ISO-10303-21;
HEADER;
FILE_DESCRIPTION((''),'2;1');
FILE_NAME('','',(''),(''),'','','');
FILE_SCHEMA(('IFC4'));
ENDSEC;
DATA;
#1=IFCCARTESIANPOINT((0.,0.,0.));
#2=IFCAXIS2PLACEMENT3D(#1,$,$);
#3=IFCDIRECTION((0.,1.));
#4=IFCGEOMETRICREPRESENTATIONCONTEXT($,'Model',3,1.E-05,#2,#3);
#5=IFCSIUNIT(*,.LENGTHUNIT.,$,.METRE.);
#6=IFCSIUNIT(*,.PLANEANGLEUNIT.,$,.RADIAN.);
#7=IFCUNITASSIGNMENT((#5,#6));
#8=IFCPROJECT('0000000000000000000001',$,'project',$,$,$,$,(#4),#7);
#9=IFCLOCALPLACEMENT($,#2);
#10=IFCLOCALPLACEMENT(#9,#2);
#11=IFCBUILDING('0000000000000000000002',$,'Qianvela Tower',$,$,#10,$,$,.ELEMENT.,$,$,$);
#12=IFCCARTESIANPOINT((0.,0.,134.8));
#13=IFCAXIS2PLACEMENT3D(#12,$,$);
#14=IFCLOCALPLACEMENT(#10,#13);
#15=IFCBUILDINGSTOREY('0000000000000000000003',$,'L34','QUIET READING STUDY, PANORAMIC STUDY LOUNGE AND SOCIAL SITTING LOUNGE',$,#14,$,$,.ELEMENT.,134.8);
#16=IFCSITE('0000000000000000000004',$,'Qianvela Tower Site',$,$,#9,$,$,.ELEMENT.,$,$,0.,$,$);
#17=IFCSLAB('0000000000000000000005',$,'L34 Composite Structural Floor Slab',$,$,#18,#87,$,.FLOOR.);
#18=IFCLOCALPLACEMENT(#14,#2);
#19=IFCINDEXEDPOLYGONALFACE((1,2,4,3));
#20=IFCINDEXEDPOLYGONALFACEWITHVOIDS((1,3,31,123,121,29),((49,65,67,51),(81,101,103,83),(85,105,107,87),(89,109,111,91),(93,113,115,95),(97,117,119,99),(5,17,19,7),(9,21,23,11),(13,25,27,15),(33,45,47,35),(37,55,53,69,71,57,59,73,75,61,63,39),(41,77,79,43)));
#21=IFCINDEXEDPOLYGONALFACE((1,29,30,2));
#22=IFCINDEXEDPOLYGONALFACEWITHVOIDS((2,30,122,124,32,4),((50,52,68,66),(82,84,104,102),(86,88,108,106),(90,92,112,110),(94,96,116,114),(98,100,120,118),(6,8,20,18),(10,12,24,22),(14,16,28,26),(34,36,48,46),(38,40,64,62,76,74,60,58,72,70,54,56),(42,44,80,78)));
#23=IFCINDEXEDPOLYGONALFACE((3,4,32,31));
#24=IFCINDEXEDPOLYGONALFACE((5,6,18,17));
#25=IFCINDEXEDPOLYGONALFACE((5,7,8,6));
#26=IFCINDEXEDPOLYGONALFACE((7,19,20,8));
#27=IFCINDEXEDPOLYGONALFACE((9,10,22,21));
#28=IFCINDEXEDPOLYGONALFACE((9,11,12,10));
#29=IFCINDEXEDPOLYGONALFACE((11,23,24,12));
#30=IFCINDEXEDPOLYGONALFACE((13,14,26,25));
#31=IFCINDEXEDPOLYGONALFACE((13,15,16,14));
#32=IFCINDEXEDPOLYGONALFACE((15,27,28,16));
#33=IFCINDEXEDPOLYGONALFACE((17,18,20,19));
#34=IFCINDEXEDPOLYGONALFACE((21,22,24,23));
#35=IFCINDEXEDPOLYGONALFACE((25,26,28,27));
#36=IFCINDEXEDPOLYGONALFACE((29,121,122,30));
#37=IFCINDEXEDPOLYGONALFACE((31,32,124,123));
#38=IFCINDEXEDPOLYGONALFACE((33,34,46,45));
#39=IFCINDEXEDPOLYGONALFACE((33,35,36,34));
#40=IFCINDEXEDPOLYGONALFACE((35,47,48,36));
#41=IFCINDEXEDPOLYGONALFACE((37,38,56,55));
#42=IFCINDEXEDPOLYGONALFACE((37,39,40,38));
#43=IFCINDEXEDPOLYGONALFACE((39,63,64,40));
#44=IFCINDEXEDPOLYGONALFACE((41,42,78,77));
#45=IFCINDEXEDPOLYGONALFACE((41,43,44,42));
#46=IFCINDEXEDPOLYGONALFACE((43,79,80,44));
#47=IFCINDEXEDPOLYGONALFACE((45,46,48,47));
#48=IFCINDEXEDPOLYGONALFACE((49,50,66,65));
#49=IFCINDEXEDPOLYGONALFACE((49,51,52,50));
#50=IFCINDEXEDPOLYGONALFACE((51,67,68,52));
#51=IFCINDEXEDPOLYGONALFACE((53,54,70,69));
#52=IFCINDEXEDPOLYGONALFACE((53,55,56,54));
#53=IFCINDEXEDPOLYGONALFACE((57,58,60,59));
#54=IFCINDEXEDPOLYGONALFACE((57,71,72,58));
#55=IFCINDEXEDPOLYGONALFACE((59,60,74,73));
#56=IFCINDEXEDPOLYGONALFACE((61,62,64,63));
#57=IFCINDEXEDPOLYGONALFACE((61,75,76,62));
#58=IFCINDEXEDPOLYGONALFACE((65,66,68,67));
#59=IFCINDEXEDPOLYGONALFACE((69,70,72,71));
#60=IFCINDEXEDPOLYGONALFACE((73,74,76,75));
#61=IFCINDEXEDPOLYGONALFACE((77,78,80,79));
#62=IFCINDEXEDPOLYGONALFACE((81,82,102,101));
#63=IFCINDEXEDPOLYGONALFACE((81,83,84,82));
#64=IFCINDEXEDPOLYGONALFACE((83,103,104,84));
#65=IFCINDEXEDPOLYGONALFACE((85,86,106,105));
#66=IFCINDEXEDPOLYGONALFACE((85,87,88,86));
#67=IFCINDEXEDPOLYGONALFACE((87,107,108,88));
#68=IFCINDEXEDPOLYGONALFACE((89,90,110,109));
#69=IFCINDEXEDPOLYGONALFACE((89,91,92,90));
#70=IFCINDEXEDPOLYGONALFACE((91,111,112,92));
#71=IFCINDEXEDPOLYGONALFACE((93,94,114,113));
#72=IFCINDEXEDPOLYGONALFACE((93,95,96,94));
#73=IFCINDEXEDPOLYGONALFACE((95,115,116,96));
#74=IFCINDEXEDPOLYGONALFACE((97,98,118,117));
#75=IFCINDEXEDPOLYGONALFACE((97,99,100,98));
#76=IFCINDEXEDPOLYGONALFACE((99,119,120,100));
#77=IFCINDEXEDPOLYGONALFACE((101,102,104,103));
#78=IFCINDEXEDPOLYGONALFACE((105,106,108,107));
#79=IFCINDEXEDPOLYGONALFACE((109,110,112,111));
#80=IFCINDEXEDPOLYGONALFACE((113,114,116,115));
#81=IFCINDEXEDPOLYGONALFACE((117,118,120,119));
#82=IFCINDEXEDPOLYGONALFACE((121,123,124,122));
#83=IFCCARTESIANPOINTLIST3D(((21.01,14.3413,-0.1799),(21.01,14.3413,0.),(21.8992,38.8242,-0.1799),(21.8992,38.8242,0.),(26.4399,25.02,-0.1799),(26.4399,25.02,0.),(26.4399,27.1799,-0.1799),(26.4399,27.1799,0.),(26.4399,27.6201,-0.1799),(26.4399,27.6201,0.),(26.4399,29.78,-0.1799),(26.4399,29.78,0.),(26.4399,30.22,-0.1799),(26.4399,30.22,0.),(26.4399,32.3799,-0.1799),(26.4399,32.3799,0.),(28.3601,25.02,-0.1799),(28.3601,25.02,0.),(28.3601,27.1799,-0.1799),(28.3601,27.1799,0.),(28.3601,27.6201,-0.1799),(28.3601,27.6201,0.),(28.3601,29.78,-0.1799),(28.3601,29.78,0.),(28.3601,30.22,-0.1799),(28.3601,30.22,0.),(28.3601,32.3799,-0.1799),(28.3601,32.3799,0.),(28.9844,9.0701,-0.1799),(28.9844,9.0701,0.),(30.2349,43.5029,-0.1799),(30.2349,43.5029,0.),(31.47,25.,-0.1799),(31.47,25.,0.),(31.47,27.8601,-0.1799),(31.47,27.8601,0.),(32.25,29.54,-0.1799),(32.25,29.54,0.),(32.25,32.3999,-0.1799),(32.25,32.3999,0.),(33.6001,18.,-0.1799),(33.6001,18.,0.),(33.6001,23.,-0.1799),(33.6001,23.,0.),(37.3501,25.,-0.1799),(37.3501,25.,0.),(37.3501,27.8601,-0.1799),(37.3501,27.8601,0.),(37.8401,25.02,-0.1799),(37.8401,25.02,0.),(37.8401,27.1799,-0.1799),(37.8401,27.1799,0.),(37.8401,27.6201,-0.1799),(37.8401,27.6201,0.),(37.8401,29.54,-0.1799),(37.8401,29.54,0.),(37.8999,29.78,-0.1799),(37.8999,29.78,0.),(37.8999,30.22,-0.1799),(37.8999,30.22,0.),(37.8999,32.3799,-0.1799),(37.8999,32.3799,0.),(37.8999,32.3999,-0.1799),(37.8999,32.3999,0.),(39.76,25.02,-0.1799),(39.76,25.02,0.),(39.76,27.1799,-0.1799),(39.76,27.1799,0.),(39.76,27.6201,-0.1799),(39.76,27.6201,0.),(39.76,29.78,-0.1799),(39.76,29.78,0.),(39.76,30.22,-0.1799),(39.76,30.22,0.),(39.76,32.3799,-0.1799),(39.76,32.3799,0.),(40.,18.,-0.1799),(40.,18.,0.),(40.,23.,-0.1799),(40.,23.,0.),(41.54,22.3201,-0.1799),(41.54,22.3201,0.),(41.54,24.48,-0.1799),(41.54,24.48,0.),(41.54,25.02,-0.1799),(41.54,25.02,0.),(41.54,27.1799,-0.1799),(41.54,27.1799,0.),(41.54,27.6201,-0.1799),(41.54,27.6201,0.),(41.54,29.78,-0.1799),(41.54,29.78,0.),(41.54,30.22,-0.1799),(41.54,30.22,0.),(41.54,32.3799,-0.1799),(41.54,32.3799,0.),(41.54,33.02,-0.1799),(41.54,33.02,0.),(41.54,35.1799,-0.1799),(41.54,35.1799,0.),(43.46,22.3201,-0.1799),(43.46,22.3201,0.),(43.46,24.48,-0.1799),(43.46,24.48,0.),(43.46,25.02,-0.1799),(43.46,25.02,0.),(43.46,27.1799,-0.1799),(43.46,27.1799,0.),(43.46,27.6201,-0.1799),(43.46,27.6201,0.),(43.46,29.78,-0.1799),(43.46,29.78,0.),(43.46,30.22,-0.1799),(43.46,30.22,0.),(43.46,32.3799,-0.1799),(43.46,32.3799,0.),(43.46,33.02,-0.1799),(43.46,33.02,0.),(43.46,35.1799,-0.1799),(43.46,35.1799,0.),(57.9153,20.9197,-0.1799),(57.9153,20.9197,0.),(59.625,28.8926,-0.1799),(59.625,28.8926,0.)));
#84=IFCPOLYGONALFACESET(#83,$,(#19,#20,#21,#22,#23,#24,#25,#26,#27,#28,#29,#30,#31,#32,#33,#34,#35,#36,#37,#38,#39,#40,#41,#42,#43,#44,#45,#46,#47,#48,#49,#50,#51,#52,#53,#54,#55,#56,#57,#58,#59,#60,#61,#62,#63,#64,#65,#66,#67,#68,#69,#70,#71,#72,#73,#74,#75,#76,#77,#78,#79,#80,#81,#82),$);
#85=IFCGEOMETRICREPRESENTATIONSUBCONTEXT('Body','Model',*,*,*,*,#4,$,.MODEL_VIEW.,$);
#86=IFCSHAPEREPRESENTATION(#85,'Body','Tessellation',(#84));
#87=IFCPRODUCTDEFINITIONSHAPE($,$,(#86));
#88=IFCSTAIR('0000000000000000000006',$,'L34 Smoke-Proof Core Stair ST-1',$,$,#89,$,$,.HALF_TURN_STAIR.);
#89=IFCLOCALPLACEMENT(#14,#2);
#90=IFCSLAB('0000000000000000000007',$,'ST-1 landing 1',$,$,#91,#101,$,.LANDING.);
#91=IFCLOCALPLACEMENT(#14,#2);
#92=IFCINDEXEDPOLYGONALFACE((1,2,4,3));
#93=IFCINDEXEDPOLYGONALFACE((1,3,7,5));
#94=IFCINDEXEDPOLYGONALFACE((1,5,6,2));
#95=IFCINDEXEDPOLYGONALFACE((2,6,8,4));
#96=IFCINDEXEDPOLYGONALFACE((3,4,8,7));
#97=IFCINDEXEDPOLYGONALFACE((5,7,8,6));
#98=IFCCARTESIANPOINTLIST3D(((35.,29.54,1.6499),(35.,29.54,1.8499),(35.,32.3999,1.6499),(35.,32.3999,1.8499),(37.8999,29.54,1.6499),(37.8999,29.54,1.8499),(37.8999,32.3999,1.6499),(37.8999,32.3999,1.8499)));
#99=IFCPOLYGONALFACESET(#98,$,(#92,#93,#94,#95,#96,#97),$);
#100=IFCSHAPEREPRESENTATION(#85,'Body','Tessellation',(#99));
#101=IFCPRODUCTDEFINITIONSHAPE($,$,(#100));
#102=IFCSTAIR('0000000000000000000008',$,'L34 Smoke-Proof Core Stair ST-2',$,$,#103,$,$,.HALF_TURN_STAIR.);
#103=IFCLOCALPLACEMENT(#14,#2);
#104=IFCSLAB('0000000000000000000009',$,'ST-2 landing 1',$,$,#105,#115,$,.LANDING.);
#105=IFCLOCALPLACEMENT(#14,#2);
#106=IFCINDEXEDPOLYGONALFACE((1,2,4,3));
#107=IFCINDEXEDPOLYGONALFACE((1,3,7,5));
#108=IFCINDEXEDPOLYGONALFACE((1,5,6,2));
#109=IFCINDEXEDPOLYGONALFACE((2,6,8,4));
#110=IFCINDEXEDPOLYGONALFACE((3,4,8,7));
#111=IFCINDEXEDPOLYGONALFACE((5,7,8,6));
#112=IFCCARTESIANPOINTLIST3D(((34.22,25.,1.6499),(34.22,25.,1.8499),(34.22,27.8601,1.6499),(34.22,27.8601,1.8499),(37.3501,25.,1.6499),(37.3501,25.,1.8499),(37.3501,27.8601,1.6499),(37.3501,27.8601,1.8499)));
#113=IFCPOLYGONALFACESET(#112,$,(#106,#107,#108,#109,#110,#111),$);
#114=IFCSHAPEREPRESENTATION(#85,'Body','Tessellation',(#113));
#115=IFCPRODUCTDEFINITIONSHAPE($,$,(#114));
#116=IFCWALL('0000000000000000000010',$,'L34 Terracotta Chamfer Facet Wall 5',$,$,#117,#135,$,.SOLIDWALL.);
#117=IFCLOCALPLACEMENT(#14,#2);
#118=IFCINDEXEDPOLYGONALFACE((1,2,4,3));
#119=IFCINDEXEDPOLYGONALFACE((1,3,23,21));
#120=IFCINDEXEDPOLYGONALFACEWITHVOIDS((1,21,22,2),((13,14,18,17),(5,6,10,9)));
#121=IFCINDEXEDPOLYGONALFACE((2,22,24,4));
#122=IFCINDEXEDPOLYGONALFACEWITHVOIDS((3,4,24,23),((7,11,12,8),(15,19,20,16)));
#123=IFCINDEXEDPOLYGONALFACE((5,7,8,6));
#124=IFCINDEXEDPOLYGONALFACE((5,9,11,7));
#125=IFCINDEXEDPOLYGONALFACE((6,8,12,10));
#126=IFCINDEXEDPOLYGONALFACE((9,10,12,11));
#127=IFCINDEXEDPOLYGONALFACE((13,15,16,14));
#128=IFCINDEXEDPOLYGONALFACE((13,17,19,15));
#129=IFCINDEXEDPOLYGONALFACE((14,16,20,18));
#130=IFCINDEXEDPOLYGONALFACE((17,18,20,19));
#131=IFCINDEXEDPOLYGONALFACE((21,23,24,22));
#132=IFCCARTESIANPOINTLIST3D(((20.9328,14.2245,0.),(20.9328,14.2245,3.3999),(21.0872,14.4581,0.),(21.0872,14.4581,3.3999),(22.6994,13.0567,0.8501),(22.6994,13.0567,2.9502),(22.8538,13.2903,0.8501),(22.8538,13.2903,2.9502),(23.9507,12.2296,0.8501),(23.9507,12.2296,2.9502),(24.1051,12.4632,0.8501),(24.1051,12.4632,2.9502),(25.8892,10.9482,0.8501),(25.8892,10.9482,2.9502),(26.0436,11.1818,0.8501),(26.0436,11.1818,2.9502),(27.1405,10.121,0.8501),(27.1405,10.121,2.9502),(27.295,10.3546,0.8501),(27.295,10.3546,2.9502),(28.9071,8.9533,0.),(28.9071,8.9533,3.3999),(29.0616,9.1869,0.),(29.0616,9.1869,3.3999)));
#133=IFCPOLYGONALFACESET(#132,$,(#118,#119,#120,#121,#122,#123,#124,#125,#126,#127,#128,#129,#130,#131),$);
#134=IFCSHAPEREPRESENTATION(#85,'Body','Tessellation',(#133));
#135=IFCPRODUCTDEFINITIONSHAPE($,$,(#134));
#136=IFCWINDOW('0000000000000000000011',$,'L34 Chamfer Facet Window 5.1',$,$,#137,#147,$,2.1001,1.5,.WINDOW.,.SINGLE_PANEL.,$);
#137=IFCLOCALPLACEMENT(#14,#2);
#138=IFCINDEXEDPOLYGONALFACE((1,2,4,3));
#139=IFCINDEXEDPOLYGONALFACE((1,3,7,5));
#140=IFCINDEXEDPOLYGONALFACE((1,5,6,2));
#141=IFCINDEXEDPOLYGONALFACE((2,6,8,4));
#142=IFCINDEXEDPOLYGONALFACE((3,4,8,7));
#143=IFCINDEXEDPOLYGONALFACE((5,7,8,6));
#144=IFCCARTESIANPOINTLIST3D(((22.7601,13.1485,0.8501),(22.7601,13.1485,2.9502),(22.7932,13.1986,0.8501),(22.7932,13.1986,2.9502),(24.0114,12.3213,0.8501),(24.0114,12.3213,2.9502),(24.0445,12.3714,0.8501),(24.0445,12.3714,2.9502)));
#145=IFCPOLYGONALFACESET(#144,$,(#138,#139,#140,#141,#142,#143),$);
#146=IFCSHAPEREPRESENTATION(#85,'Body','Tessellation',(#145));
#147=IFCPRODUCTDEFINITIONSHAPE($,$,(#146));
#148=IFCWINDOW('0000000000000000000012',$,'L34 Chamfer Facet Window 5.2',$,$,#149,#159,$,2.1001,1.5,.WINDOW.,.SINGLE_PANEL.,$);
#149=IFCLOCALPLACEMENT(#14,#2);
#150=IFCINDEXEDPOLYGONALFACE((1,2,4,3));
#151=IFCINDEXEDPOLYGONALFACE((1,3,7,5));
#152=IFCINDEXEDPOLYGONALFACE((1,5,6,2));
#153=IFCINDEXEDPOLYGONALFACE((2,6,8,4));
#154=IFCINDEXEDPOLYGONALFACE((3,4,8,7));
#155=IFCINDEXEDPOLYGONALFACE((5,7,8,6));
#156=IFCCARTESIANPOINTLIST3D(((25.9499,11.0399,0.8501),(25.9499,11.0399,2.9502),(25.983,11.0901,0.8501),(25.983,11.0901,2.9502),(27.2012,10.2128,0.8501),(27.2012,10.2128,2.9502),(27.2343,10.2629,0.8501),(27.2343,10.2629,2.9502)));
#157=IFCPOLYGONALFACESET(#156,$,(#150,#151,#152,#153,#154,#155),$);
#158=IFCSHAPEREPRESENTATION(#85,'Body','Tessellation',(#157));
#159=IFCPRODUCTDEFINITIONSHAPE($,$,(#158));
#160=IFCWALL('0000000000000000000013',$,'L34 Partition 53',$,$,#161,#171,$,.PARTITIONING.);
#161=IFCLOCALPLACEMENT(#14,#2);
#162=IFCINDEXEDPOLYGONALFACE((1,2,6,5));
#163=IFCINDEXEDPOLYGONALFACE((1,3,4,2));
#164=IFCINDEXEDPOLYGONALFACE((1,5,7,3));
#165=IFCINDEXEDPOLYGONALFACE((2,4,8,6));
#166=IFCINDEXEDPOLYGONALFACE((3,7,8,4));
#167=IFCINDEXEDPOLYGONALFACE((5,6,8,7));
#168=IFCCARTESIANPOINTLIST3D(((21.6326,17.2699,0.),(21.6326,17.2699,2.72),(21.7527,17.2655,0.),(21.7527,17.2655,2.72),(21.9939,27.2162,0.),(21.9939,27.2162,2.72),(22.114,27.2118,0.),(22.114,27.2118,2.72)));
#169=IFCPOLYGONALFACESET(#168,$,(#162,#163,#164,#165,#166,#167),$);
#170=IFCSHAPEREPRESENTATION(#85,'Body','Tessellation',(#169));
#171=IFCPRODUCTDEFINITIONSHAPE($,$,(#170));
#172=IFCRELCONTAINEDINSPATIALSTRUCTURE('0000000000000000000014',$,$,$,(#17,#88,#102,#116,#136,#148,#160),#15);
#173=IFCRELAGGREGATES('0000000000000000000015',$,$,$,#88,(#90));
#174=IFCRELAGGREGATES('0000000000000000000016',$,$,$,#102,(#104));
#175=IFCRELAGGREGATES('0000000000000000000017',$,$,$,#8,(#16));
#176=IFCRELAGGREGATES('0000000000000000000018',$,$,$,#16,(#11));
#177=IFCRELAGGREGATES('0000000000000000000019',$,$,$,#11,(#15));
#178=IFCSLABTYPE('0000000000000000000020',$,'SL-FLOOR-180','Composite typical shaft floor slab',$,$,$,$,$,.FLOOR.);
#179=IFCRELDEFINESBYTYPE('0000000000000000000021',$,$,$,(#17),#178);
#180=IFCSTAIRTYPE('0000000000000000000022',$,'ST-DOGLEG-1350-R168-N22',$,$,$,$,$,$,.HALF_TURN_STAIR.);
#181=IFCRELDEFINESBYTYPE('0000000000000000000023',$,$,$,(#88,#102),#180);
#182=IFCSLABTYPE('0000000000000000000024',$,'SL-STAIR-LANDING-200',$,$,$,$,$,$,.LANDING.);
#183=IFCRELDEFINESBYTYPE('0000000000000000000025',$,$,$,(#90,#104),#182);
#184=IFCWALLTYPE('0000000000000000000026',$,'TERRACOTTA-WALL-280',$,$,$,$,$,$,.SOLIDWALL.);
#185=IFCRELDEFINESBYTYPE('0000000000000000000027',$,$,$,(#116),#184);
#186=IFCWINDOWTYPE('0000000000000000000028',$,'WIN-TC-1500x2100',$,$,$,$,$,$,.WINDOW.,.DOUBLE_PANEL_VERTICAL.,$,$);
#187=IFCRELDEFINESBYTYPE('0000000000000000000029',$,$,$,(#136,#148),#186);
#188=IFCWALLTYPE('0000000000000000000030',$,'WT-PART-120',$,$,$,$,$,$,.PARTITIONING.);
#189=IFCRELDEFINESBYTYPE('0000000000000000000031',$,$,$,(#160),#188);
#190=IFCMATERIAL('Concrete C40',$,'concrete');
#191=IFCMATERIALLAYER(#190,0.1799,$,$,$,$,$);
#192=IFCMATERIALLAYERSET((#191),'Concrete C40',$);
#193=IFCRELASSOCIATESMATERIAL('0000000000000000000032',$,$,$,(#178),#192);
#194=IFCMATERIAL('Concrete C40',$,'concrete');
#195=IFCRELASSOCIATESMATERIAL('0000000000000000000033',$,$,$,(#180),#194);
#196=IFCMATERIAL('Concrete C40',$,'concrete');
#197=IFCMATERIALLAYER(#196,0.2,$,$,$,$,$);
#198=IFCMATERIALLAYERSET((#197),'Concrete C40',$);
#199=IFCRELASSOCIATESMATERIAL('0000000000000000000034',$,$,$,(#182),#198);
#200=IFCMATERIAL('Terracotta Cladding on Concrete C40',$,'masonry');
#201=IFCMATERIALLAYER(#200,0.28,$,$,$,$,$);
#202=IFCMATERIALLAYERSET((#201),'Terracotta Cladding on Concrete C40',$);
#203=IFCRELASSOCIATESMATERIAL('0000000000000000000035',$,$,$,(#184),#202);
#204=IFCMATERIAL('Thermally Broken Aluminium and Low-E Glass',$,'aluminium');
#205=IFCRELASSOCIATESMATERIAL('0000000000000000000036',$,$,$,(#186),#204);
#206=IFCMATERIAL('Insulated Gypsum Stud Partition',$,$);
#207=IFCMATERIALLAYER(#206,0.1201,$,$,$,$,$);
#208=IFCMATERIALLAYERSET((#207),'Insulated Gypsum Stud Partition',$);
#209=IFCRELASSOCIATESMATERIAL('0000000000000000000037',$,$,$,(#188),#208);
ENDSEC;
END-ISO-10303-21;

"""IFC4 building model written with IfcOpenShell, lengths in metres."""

from ifc_helpers import new_model, si_unit, direction, frame, frame_2d, origin, place, context, subcontext, project, spatial, polyline, rectangle, outline, extrude, material, layer, layer_set, type_object, element, fill, aggregate, save


model = new_model("IFC4")

# Units and contexts
model_context = context("Model", 3, precision=1e-05, world=origin(), true_north=direction((0.0, 1.0)))
body_context = subcontext(model_context, "Body", "Model", "MODEL_VIEW")
ifc_project = project(units=[si_unit("LENGTHUNIT", "METRE"), si_unit("PLANEANGLEUNIT", "RADIAN")], contexts=[model_context])

# Site, building, storey
site_placement = place(None, origin())
site = spatial("IfcSite", under=ifc_project, at=site_placement, Name="Qianvela Tower Site", CompositionType="ELEMENT", RefElevation=0.0)
building_placement = place(site_placement, origin())
building = spatial("IfcBuilding", under=site, at=building_placement, Name="Qianvela Tower", CompositionType="ELEMENT")
storey_placement = place(building_placement, frame((0.0, 0.0, 134.8)))
storey = spatial("IfcBuildingStorey", under=building, at=storey_placement, Name="L34", Description="QUIET READING STUDY, PANORAMIC STUDY LOUNGE AND SOCIAL SITTING LOUNGE", CompositionType="ELEMENT", Elevation=134.8)

# Slab
ifc_material_1 = material(Name="Concrete C40", Category="concrete")
ifc_layer_1 = layer(ifc_material_1, 0.1799)
ifc_layer_set_1 = layer_set([ifc_layer_1], Name="Concrete C40")
slab_type_1 = type_object("IfcSlabType", Name="SL-FLOOR-180", Description="Composite typical shaft floor slab", PredefinedType="FLOOR", material=ifc_layer_set_1)
slab_1_placement = place(storey_placement, frame((0.0, 0.0, -0.1799)))
element("IfcSlab", 1, at=slab_1_placement, inside=storey, type_object=slab_type_1, Name="L34 Composite Structural Floor Slab", PredefinedType="FLOOR", context=body_context, shape_type="SweptSolid", body=[
    extrude(outline(polyline([(57.9153, 20.9197), (59.625, 28.8926), (30.2349, 43.5029), (21.8992, 38.8242), (21.01, 14.3413), (28.9844, 9.0701), (57.9153, 20.9197)]), holes=[polyline([(40.0, 23.0), (33.6001, 23.0), (33.6001, 18.0), (40.0, 18.0), (40.0, 23.0)]), polyline([(28.3601, 25.02), (28.3601, 27.1799), (26.4399, 27.1799), (26.4399, 25.02), (28.3601, 25.02)]), polyline([(37.3501, 25.0), (37.3501, 27.8601), (31.47, 27.8601), (31.47, 25.0), (37.3501, 25.0)]), polyline([(28.3601, 27.6201), (28.3601, 29.78), (26.4399, 29.78), (26.4399, 27.6201), (28.3601, 27.6201)]), polyline([(37.8999, 32.3799), (37.8999, 32.3999), (32.25, 32.3999), (32.25, 29.54), (37.8401, 29.54), (37.8401, 27.6201), (39.76, 27.6201), (39.76, 29.78), (37.8999, 29.78), (37.8999, 30.22), (39.76, 30.22), (39.76, 32.3799), (37.8999, 32.3799)]), polyline([(28.3601, 30.22), (28.3601, 32.3799), (26.4399, 32.3799), (26.4399, 30.22), (28.3601, 30.22)]), polyline([(43.46, 24.48), (41.54, 24.48), (41.54, 22.3201), (43.46, 22.3201), (43.46, 24.48)]), polyline([(39.76, 25.02), (39.76, 27.1799), (37.8401, 27.1799), (37.8401, 25.02), (39.76, 25.02)]), polyline([(43.46, 25.02), (43.46, 27.1799), (41.54, 27.1799), (41.54, 25.02), (43.46, 25.02)]), polyline([(43.46, 27.6201), (43.46, 29.78), (41.54, 29.78), (41.54, 27.6201), (43.46, 27.6201)]), polyline([(43.46, 30.22), (43.46, 32.3799), (41.54, 32.3799), (41.54, 30.22), (43.46, 30.22)]), polyline([(43.46, 33.02), (43.46, 35.1799), (41.54, 35.1799), (41.54, 33.02), (43.46, 33.02)])]), origin(), (0.0, 0.0, 1.0), 0.1799),
])

# Stairs, slabs
ifc_material_2 = material(Name="Concrete C40", Category="concrete")
stair_type = type_object("IfcStairType", Name="ST-DOGLEG-1350-R168-N22", PredefinedType="HALF_TURN_STAIR", material=ifc_material_2)
stair_1_placement = place(storey_placement, origin())
stair_1 = element("IfcStair", 2, at=stair_1_placement, inside=storey, type_object=stair_type, Name="L34 Smoke-Proof Core Stair ST-1", PredefinedType="HALF_TURN_STAIR")
ifc_material_3 = material(Name="Concrete C40", Category="concrete")
ifc_layer_2 = layer(ifc_material_3, 0.2)
ifc_layer_set_2 = layer_set([ifc_layer_2], Name="Concrete C40")
slab_type_2 = type_object("IfcSlabType", Name="SL-STAIR-LANDING-200", PredefinedType="LANDING", material=ifc_layer_set_2)
slab_2_placement = place(storey_placement, frame((0.0, 0.0, 1.6499)))
slab_2 = element("IfcSlab", 3, at=slab_2_placement, type_object=slab_type_2, Name="ST-1 landing 1", PredefinedType="LANDING", context=body_context, shape_type="SweptSolid", body=[
    extrude(outline(polyline([(35.0, 29.54), (37.8999, 29.54), (37.8999, 32.3999), (35.0, 32.3999), (35.0, 29.54)])), origin(), (0.0, 0.0, 1.0), 0.2),
])
aggregate(stair_1, [slab_2])
stair_2_placement = place(storey_placement, origin())
stair_2 = element("IfcStair", 4, at=stair_2_placement, inside=storey, type_object=stair_type, Name="L34 Smoke-Proof Core Stair ST-2", PredefinedType="HALF_TURN_STAIR")
slab_3_placement = place(storey_placement, frame((0.0, 0.0, 1.6499)))
slab_3 = element("IfcSlab", 5, at=slab_3_placement, type_object=slab_type_2, Name="ST-2 landing 1", PredefinedType="LANDING", context=body_context, shape_type="SweptSolid", body=[
    extrude(outline(polyline([(34.22, 25.0), (37.3501, 25.0), (37.3501, 27.8601), (34.22, 27.8601), (34.22, 25.0)])), origin(), (0.0, 0.0, 1.0), 0.2),
])
aggregate(stair_2, [slab_3])

# Wall, openings, windows
ifc_material_4 = material(Name="Terracotta Cladding on Concrete C40", Category="masonry")
ifc_layer_3 = layer(ifc_material_4, 0.28)
ifc_layer_set_3 = layer_set([ifc_layer_3], Name="Terracotta Cladding on Concrete C40")
wall_type_1 = type_object("IfcWallType", Name="TERRACOTTA-WALL-280", PredefinedType="SOLIDWALL", material=ifc_layer_set_3)
wall_1_placement = place(storey_placement, frame((21.01, 14.3413, 0.0), z_axis=(0.0, 0.0, 1.0), x_axis=(0.834217, -0.551437, 0.0)))
wall_1 = element("IfcWall", 6, at=wall_1_placement, inside=storey, type_object=wall_type_1, Name="L34 Terracotta Chamfer Facet Wall 5", PredefinedType="SOLIDWALL", context=body_context, shape_type="SweptSolid", body=[
    extrude(rectangle(XDim=9.5591, YDim=0.28, at=frame_2d((4.7795, 0.0))), origin(), (0.0, 0.0, 1.0), 3.3999),
])
opening_1_placement = place(wall_1_placement, frame((2.1177, 0.0, 0.8501)))
opening_1 = element("IfcOpeningElement", 7, at=opening_1_placement, cuts=wall_1, PredefinedType="OPENING", context=body_context, shape_type="SweptSolid", body=[
    extrude(rectangle(XDim=1.5, YDim=2.1001, at=frame_2d((0.75, 1.05))), frame((0.0, 0.1499, 0.0), z_axis=(0.0, -1.0, 0.0), x_axis=(1.0, 0.0, 0.0)), (0.0, 0.0, 1.0), 0.3),
])
opening_2_placement = place(wall_1_placement, frame((5.9414, 0.0, 0.8501)))
opening_2 = element("IfcOpeningElement", 8, at=opening_2_placement, cuts=wall_1, PredefinedType="OPENING", context=body_context, shape_type="SweptSolid", body=[
    extrude(rectangle(XDim=1.5, YDim=2.1001, at=frame_2d((0.75, 1.05))), frame((0.0, 0.1499, 0.0), z_axis=(0.0, -1.0, 0.0), x_axis=(1.0, 0.0, 0.0)), (0.0, 0.0, 1.0), 0.3),
])
ifc_material_5 = material(Name="Thermally Broken Aluminium and Low-E Glass", Category="aluminium")
window_type = type_object("IfcWindowType", Name="WIN-TC-1500x2100", PartitioningType="DOUBLE_PANEL_VERTICAL", PredefinedType="WINDOW", material=ifc_material_5)
window_1_placement = place(opening_1_placement, origin())
window_1 = element("IfcWindow", 9, at=window_1_placement, inside=storey, type_object=window_type, Name="L34 Chamfer Facet Window 5.1", OverallHeight=2.1001, OverallWidth=1.5, PartitioningType="SINGLE_PANEL", PredefinedType="WINDOW", context=body_context, shape_type="SweptSolid", body=[
    extrude(rectangle(XDim=1.5, YDim=2.1001, at=frame_2d((0.75, 1.05))), frame((0.0, 0.03, 0.0), z_axis=(0.0, -1.0, 0.0), x_axis=(1.0, 0.0, 0.0)), (0.0, 0.0, 1.0), 0.0601),
])
fill(opening_1, window_1)
window_2_placement = place(opening_2_placement, origin())
window_2 = element("IfcWindow", 10, at=window_2_placement, inside=storey, type_object=window_type, Name="L34 Chamfer Facet Window 5.2", OverallHeight=2.1001, OverallWidth=1.5, PartitioningType="SINGLE_PANEL", PredefinedType="WINDOW", context=body_context, shape_type="SweptSolid", body=[
    extrude(rectangle(XDim=1.5, YDim=2.1001, at=frame_2d((0.75, 1.05))), frame((0.0, 0.03, 0.0), z_axis=(0.0, -1.0, 0.0), x_axis=(1.0, 0.0, 0.0)), (0.0, 0.0, 1.0), 0.0601),
])
fill(opening_2, window_2)

# Wall
ifc_material_6 = material(Name="Insulated Gypsum Stud Partition")
ifc_layer_4 = layer(ifc_material_6, 0.1201)
ifc_layer_set_4 = layer_set([ifc_layer_4], Name="Insulated Gypsum Stud Partition")
wall_type_2 = type_object("IfcWallType", Name="WT-PART-120", PredefinedType="PARTITIONING", material=ifc_layer_set_4)
wall_2_placement = place(storey_placement, frame((21.6926, 17.2676, 0.0), z_axis=(0.0, 0.0, 1.0), x_axis=(0.036304, 0.999341, 0.0)))
element("IfcWall", 11, at=wall_2_placement, inside=storey, type_object=wall_type_2, Name="L34 Partition 53", PredefinedType="PARTITIONING", context=body_context, shape_type="SweptSolid", body=[
    extrude(rectangle(XDim=9.9529, YDim=0.1201, at=frame_2d((4.9766, 0.0))), origin(), (0.0, 0.0, 1.0), 2.72),
])

save(model, "model.ifc")
